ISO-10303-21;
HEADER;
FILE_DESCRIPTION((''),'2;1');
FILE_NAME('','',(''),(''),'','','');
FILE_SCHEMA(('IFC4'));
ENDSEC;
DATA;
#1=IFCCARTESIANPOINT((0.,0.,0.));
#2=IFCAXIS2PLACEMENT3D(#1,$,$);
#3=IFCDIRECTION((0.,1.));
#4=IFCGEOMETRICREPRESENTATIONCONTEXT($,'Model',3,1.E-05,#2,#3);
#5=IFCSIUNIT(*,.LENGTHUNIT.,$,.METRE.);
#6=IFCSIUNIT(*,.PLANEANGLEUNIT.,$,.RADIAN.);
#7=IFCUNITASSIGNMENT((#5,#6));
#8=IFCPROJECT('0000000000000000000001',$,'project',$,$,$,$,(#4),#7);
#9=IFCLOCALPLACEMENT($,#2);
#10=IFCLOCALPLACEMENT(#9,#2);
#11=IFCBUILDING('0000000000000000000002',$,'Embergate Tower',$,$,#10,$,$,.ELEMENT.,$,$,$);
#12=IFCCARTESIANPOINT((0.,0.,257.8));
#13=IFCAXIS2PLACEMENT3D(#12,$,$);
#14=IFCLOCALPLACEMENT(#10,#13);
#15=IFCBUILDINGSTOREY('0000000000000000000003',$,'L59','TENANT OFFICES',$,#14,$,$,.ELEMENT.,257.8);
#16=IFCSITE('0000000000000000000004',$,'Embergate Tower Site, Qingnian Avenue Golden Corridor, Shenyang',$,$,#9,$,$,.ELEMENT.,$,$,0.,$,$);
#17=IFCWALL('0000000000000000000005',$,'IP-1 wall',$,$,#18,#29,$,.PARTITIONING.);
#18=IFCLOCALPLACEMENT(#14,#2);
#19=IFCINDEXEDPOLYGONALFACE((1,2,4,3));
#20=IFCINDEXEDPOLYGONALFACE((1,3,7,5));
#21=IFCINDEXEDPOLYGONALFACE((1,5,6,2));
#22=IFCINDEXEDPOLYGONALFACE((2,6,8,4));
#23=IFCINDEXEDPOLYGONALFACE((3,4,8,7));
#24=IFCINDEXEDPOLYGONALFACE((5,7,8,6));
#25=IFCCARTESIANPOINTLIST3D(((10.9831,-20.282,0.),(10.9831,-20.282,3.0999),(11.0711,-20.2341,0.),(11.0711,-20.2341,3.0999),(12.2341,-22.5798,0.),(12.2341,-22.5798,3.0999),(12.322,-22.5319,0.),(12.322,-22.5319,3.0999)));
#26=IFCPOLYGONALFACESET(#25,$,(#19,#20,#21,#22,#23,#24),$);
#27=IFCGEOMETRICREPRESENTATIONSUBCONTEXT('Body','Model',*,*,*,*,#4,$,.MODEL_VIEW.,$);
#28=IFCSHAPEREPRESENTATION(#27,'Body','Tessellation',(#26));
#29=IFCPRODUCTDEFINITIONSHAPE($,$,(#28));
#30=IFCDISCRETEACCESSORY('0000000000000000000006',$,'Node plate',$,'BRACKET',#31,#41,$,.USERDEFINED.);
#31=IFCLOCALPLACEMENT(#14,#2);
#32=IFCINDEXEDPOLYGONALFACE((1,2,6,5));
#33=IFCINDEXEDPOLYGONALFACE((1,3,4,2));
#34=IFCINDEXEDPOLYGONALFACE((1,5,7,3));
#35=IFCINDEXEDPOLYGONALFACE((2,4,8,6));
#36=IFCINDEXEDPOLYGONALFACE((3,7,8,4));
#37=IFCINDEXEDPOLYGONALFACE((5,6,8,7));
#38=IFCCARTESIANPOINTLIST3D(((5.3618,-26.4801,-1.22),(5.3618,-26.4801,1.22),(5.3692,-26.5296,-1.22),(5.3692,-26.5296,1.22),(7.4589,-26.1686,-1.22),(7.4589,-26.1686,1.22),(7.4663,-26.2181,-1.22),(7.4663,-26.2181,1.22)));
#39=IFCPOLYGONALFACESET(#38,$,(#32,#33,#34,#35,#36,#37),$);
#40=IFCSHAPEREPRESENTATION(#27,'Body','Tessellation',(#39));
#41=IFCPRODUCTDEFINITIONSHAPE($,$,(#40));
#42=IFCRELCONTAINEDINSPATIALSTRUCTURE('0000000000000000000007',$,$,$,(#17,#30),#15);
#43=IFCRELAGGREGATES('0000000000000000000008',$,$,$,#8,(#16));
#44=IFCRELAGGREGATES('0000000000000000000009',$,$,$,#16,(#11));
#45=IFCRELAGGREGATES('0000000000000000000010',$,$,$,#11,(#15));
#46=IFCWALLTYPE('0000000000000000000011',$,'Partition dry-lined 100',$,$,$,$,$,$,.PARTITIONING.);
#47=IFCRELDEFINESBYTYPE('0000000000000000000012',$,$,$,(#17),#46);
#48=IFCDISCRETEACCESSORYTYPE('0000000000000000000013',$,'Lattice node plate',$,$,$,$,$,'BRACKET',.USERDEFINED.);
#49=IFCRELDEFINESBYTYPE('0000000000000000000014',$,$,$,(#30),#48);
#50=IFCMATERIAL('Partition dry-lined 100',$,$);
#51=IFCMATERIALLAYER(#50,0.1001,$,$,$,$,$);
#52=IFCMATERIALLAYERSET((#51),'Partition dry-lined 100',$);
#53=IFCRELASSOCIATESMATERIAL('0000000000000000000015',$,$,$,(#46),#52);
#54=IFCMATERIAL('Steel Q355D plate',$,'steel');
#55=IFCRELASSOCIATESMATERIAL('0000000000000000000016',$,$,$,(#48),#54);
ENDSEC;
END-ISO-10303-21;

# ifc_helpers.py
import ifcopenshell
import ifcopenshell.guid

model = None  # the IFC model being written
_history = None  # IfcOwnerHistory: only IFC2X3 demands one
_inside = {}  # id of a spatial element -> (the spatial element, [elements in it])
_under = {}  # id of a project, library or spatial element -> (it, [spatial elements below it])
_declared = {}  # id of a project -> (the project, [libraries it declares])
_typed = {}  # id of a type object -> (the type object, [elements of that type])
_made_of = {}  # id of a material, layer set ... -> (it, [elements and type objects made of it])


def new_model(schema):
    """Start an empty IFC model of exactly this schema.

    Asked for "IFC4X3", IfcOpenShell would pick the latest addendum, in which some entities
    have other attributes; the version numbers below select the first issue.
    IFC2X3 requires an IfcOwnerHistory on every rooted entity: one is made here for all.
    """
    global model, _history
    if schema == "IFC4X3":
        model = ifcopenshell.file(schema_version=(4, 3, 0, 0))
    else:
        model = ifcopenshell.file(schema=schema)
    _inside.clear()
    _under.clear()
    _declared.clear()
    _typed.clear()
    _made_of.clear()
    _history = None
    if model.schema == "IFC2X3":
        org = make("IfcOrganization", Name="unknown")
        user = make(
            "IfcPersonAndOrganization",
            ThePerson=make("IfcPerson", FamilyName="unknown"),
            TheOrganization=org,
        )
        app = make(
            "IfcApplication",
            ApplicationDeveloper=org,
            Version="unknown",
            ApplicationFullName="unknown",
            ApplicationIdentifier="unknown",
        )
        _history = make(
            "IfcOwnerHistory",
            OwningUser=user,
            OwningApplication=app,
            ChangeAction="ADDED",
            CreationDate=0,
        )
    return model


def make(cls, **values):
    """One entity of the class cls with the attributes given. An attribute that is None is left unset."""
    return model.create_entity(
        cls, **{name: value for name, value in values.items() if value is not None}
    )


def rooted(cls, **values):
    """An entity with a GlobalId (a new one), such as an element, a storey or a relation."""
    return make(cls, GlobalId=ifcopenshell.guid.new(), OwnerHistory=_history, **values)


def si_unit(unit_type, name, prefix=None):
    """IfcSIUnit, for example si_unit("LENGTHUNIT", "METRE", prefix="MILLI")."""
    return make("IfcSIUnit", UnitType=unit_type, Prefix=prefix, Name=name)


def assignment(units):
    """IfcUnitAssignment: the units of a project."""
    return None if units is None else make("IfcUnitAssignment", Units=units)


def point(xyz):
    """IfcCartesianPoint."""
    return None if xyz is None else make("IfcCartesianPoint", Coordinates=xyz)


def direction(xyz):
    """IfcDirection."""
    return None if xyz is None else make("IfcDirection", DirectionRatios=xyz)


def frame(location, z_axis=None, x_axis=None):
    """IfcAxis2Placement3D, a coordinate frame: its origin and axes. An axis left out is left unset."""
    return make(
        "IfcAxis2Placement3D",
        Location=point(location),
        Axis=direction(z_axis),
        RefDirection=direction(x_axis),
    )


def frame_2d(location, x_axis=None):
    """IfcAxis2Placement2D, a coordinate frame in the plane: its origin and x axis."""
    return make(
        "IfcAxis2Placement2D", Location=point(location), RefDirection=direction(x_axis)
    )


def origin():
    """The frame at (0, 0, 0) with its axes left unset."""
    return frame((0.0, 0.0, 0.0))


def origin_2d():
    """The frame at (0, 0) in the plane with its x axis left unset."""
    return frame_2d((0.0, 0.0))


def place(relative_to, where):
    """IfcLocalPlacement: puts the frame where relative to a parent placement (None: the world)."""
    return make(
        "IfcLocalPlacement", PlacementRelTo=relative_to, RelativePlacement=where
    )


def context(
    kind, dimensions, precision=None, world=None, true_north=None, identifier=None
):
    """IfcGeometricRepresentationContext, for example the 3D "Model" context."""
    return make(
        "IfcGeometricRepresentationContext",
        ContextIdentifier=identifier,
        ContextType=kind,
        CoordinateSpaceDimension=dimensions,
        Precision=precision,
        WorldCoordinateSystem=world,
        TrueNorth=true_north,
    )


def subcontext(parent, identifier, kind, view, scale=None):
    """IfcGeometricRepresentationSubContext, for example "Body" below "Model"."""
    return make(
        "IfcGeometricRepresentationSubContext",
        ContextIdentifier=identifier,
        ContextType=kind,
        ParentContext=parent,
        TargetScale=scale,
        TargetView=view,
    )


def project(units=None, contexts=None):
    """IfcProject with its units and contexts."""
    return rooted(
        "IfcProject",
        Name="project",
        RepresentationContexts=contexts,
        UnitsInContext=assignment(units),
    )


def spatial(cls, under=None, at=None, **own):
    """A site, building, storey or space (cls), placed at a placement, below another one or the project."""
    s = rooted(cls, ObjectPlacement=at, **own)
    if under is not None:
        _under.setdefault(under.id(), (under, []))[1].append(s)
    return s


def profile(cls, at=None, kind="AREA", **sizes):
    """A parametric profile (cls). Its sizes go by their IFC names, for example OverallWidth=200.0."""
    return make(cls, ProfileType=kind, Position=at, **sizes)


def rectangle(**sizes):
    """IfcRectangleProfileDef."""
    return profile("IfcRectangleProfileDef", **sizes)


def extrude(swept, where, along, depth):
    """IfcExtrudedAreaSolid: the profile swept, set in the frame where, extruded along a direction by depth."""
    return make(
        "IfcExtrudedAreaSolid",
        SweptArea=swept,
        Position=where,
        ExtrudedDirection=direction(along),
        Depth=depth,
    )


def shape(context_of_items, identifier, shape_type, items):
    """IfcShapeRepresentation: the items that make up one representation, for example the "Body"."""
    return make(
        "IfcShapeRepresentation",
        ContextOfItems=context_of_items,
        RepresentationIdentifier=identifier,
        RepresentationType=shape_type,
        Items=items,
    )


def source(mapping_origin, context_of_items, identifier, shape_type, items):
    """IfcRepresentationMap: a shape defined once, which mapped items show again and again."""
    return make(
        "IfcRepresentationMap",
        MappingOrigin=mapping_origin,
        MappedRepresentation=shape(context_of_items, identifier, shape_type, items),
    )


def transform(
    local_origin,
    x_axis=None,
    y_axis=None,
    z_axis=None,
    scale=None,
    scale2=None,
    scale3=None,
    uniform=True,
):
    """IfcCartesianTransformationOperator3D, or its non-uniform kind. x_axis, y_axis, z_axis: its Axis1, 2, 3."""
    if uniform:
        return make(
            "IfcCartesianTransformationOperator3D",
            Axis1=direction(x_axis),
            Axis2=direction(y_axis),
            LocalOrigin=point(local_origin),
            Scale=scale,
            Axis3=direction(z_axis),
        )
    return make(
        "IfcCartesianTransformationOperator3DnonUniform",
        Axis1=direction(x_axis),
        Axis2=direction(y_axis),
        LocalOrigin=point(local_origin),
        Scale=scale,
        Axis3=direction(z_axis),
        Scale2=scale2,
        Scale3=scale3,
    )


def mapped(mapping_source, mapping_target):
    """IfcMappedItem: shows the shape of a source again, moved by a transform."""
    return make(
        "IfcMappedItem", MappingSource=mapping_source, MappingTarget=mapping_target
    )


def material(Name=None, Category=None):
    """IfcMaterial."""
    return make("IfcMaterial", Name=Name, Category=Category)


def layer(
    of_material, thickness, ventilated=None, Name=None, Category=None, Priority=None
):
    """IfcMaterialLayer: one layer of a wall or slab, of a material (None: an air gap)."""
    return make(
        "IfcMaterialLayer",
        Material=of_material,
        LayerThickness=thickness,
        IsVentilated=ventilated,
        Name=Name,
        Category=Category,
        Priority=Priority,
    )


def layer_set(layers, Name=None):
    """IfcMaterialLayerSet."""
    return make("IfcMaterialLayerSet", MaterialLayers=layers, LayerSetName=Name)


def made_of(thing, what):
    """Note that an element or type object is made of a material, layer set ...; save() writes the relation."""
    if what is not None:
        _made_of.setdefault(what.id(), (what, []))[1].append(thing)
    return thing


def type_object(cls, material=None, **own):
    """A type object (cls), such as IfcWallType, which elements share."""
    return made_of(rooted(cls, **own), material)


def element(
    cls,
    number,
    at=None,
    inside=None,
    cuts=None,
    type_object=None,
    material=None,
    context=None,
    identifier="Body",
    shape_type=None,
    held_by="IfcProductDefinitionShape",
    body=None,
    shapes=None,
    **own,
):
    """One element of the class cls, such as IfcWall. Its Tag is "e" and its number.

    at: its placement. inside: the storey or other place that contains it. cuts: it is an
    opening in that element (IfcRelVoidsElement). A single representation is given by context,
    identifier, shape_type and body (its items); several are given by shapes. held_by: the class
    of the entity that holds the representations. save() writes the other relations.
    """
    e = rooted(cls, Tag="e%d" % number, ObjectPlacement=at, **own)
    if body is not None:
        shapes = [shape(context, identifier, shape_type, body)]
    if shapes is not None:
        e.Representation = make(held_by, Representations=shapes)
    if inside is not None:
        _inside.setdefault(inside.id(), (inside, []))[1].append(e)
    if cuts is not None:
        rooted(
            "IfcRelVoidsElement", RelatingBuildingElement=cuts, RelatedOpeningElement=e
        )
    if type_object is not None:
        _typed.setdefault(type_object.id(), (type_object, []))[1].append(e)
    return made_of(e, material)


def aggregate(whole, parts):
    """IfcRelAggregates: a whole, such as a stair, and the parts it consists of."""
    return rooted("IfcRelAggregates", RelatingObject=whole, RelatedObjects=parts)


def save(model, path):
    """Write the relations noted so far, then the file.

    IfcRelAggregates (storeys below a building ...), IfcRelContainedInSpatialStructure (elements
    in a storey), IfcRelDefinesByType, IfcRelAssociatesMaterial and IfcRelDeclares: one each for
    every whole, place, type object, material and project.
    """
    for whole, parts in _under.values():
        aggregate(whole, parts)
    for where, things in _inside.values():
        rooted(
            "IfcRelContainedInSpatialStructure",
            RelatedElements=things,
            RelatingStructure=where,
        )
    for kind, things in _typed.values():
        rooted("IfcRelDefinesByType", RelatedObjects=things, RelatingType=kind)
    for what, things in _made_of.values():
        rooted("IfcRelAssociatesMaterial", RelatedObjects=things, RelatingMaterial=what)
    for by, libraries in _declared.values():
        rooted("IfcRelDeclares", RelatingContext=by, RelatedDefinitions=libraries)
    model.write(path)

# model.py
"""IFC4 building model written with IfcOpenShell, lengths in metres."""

from ifc_helpers import new_model, si_unit, direction, frame, frame_2d, origin, origin_2d, place, context, subcontext, project, spatial, rectangle, extrude, source, transform, mapped, material, layer, layer_set, type_object, element, save


model = new_model("IFC4")

# Units and contexts
model_context = context("Model", 3, precision=1e-05, world=origin(), true_north=direction((0.0, 1.0)))
body_context = subcontext(model_context, "Body", "Model", "MODEL_VIEW")
ifc_project = project(units=[si_unit("LENGTHUNIT", "METRE"), si_unit("PLANEANGLEUNIT", "RADIAN")], contexts=[model_context])

# Site, building, storey
site_placement = place(None, origin())
site = spatial("IfcSite", under=ifc_project, at=site_placement, Name="Embergate Tower Site, Qingnian Avenue Golden Corridor, Shenyang", CompositionType="ELEMENT", RefElevation=0.0)
building_placement = place(site_placement, origin())
building = spatial("IfcBuilding", under=site, at=building_placement, Name="Embergate Tower", CompositionType="ELEMENT")
storey_placement = place(building_placement, frame((0.0, 0.0, 257.8)))
storey = spatial("IfcBuildingStorey", under=building, at=storey_placement, Name="L59", Description="TENANT OFFICES", CompositionType="ELEMENT", Elevation=257.8)

# Wall
ifc_material_1 = material(Name="Partition dry-lined 100")
ifc_layer_1 = layer(ifc_material_1, 0.1001)
ifc_layer_set_1 = layer_set([ifc_layer_1], Name="Partition dry-lined 100")
wall_type_1 = type_object("IfcWallType", Name="Partition dry-lined 100", PredefinedType="PARTITIONING", material=ifc_layer_set_1)
shared_shape_1 = source(origin(), body_context, "Body", "SweptSolid", [
    extrude(rectangle(XDim=2.6162, YDim=0.1001, at=frame_2d((1.3081, 0.0))), origin(), (0.0, 0.0, 1.0), 3.0999),
])
wall_1_placement = place(storey_placement, frame((11.0271, -20.2581, 0.0), z_axis=(0.0, 0.0, 1.0), x_axis=(0.478146, -0.87828, 0.0)))
element("IfcWall", 1, at=wall_1_placement, inside=storey, type_object=wall_type_1, Name="IP-1 wall", PredefinedType="PARTITIONING", context=body_context, shape_type="MappedRepresentation", body=[
    mapped(shared_shape_1, transform((0.0, 0.0, 0.0))),
])

# Discrete accessory
ifc_material_2 = material(Name="Steel Q355D plate", Category="steel")
discrete_accessory_type = type_object("IfcDiscreteAccessoryType", Name="Lattice node plate", ElementType="BRACKET", PredefinedType="USERDEFINED", material=ifc_material_2)
shared_shape_2 = source(origin(), body_context, "Body", "SweptSolid", [
    extrude(rectangle(XDim=2.1201, YDim=0.05, at=origin_2d()), origin(), (0.0, 0.0, 1.0), 2.4399),
])
discrete_accessory_placement = place(storey_placement, frame((6.4141, -26.3491, -1.22), z_axis=(0.0, 0.0, 1.0), x_axis=(0.989147, 0.146929, 0.0)))
element("IfcDiscreteAccessory", 2, at=discrete_accessory_placement, inside=storey, type_object=discrete_accessory_type, Name="Node plate", ObjectType="BRACKET", PredefinedType="USERDEFINED", context=body_context, shape_type="MappedRepresentation", body=[
    mapped(shared_shape_2, transform((0.0, 0.0, 0.0))),
])

save(model, "model.ifc")
